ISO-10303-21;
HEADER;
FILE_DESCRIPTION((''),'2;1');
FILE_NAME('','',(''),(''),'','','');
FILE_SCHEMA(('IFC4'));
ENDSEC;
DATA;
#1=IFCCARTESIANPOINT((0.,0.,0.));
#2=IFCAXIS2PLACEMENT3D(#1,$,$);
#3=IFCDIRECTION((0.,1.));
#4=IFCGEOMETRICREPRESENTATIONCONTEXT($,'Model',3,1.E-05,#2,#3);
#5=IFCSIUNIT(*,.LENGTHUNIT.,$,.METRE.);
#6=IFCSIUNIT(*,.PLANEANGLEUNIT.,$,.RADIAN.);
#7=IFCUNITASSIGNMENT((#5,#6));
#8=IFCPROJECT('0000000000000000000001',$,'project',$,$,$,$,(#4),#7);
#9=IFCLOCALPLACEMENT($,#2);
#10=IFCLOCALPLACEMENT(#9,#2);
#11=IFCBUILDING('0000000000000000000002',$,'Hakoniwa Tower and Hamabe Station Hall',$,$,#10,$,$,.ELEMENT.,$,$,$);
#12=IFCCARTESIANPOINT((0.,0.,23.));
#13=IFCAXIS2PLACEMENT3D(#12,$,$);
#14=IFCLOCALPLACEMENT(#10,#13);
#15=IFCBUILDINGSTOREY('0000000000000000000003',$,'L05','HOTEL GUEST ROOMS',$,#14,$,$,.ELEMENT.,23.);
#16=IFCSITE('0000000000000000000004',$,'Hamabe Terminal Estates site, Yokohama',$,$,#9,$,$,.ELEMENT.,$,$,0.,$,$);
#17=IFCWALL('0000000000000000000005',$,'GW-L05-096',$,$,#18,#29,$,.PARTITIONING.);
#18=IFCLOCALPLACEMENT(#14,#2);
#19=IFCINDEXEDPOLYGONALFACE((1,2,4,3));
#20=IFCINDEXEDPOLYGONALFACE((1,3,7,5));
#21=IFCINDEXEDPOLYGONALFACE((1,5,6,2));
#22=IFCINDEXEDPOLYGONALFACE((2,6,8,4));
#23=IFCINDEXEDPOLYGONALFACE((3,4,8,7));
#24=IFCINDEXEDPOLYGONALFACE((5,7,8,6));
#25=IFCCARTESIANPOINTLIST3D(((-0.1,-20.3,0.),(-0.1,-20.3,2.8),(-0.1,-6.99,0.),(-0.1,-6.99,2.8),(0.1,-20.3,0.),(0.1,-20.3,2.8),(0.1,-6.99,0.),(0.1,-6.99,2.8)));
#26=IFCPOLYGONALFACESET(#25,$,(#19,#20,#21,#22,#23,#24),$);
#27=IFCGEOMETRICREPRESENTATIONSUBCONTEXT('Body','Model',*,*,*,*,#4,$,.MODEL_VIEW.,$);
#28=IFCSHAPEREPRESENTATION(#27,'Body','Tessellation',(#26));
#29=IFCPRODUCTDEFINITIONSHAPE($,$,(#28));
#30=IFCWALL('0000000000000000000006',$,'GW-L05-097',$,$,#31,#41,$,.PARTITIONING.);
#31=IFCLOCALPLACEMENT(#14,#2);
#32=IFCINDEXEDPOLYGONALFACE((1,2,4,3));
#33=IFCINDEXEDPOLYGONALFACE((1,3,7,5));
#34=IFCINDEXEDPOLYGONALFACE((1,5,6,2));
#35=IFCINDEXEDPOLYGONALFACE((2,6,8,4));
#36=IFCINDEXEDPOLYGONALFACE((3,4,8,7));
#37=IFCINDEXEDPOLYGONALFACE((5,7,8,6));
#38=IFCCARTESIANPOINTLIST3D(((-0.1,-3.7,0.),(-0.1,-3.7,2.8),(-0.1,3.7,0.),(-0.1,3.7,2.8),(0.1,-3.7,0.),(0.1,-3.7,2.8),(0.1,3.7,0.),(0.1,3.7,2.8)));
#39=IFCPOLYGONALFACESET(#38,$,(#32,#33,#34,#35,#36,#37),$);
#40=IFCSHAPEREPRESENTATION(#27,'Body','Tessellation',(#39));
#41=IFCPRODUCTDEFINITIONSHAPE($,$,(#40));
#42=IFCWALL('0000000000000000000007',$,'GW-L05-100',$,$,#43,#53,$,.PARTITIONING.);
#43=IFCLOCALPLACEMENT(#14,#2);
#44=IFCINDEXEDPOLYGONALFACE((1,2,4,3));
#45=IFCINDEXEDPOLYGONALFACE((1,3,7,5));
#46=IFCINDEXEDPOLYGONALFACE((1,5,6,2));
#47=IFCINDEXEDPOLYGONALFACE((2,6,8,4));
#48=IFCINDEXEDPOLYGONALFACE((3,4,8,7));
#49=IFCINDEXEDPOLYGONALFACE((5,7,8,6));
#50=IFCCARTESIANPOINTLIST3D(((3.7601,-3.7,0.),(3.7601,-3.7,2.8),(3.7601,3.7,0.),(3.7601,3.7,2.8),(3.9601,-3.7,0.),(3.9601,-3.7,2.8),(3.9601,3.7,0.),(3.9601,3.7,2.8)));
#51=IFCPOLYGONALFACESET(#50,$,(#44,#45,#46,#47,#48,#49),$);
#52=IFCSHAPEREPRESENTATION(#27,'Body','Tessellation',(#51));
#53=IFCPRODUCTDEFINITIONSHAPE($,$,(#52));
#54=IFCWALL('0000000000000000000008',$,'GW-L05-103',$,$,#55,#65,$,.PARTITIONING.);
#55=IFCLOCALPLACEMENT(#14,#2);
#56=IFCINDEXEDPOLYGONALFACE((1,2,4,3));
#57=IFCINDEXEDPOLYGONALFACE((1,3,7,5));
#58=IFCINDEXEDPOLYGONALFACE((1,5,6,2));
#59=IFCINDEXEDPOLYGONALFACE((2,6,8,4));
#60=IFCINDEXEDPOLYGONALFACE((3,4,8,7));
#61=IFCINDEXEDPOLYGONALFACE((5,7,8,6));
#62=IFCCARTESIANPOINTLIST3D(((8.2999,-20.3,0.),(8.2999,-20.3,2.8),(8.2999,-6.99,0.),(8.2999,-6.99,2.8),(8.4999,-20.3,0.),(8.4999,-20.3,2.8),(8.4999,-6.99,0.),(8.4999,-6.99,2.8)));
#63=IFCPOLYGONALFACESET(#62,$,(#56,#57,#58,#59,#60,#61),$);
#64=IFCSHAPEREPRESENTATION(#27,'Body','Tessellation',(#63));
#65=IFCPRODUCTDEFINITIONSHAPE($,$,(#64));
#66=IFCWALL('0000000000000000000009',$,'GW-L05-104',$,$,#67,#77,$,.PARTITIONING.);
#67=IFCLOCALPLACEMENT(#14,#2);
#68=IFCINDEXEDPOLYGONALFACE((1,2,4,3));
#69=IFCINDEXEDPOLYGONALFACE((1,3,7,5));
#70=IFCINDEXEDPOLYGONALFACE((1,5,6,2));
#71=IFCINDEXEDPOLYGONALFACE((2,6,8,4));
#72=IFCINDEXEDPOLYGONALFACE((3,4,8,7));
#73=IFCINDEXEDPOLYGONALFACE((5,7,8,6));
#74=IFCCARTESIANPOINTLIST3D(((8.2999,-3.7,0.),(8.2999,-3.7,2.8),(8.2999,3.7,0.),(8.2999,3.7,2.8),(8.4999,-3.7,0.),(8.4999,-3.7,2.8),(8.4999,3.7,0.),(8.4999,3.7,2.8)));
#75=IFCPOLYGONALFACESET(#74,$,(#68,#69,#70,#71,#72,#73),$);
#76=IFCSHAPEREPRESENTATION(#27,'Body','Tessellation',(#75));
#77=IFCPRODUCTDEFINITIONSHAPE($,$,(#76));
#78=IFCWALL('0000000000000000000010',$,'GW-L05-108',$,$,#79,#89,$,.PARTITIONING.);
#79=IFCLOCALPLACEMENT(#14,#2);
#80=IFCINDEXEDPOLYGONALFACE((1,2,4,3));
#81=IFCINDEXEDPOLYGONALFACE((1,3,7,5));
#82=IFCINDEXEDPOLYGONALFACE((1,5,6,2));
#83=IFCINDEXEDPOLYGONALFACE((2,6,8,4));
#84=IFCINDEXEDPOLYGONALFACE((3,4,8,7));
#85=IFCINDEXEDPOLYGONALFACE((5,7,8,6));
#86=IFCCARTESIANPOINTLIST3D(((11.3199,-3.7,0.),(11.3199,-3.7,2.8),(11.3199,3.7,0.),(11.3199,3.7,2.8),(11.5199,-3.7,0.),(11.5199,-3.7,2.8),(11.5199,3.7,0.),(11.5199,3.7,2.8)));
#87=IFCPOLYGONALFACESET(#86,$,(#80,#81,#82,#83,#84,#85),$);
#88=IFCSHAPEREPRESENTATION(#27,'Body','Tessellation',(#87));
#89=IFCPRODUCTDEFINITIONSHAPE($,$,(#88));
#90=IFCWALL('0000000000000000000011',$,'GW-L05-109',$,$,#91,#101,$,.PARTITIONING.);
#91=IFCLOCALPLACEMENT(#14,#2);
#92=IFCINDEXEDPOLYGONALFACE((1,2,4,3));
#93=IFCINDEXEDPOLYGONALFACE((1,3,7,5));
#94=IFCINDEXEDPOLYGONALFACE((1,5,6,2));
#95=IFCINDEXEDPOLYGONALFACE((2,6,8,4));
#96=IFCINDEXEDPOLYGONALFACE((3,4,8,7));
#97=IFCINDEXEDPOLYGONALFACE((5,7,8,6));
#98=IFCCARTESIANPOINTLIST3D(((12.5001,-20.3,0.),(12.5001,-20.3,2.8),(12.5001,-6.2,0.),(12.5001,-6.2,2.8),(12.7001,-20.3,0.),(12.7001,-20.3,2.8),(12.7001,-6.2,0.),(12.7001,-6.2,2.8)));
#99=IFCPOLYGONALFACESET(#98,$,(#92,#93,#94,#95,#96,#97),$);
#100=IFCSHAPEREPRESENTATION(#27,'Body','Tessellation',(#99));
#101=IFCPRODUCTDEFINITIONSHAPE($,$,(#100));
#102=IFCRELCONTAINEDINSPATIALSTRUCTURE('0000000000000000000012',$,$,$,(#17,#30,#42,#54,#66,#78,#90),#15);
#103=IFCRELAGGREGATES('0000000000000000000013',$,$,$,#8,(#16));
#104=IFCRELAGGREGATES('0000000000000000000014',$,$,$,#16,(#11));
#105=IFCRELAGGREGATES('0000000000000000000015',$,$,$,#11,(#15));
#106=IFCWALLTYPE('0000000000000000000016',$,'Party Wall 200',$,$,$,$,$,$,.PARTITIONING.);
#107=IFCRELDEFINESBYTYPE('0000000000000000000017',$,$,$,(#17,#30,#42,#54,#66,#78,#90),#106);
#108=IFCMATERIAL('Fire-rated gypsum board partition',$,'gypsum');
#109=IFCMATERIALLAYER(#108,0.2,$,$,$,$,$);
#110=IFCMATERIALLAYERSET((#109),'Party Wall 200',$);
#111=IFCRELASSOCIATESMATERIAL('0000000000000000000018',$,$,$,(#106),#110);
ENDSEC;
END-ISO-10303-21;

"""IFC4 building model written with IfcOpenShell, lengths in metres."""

from ifc_helpers import new_model, si_unit, direction, frame, frame_2d, origin, place, context, subcontext, project, spatial, rectangle, extrude, material, layer, layer_set, type_object, element, save


model = new_model("IFC4")

# Units and contexts
model_context = context("Model", 3, precision=1e-05, world=origin(), true_north=direction((0.0, 1.0)))
body_context = subcontext(model_context, "Body", "Model", "MODEL_VIEW")
ifc_project = project(units=[si_unit("LENGTHUNIT", "METRE"), si_unit("PLANEANGLEUNIT", "RADIAN")], contexts=[model_context])

# Site, building, storey
site_placement = place(None, origin())
site = spatial("IfcSite", under=ifc_project, at=site_placement, Name="Hamabe Terminal Estates site, Yokohama", CompositionType="ELEMENT", RefElevation=0.0)
building_placement = place(site_placement, origin())
building = spatial("IfcBuilding", under=site, at=building_placement, Name="Hakoniwa Tower and Hamabe Station Hall", CompositionType="ELEMENT")
storey_placement = place(building_placement, frame((0.0, 0.0, 23.0)))
storey = spatial("IfcBuildingStorey", under=building, at=storey_placement, Name="L05", Description="HOTEL GUEST ROOMS", CompositionType="ELEMENT", Elevation=23.0)

# Walls
ifc_material_1 = material(Name="Fire-rated gypsum board partition", Category="gypsum")
ifc_layer_1 = layer(ifc_material_1, 0.2)
ifc_layer_set_1 = layer_set([ifc_layer_1], Name="Party Wall 200")
wall_type_1 = type_object("IfcWallType", Name="Party Wall 200", PredefinedType="PARTITIONING", material=ifc_layer_set_1)
wall_1_placement = place(storey_placement, frame((0.0, -20.3, 0.0), z_axis=(0.0, 0.0, 1.0), x_axis=(0.0, 1.0, 0.0)))
element("IfcWall", 1, at=wall_1_placement, inside=storey, type_object=wall_type_1, Name="GW-L05-096", PredefinedType="PARTITIONING", context=body_context, shape_type="SweptSolid", body=[
    extrude(rectangle(XDim=13.3101, YDim=0.2, at=frame_2d((6.655, 0.0))), origin(), (0.0, 0.0, 1.0), 2.8),
])
for number, where, z_axis, x_axis, name in (
    (2, (0.0, -3.7, 0.0), (0.0, 0.0, 1.0), (0.0, 1.0, 0.0), "GW-L05-097"),
    (3, (3.8601, -3.7, 0.0), (0.0, 0.0, 1.0), (0.0, 1.0, 0.0), "GW-L05-100"),
):
    element("IfcWall", number, at=place(storey_placement, frame(where, z_axis=z_axis, x_axis=x_axis)), inside=storey, type_object=wall_type_1, Name=name, PredefinedType="PARTITIONING", context=body_context, shape_type="SweptSolid", body=[
        extrude(rectangle(XDim=7.3999, YDim=0.2, at=frame_2d((3.7, 0.0))), origin(), (0.0, 0.0, 1.0), 2.8),
    ])
wall_2_placement = place(storey_placement, frame((8.3999, -20.3, 0.0), z_axis=(0.0, 0.0, 1.0), x_axis=(0.0, 1.0, 0.0)))
element("IfcWall", 4, at=wall_2_placement, inside=storey, type_object=wall_type_1, Name="GW-L05-103", PredefinedType="PARTITIONING", context=body_context, shape_type="SweptSolid", body=[
    extrude(rectangle(XDim=13.3101, YDim=0.2, at=frame_2d((6.655, 0.0))), origin(), (0.0, 0.0, 1.0), 2.8),
])
for number, where, z_axis, x_axis, name in (
    (5, (8.3999, -3.7, 0.0), (0.0, 0.0, 1.0), (0.0, 1.0, 0.0), "GW-L05-104"),
    (6, (11.4199, -3.7, 0.0), (0.0, 0.0, 1.0), (0.0, 1.0, 0.0), "GW-L05-108"),
):
    element("IfcWall", number, at=place(storey_placement, frame(where, z_axis=z_axis, x_axis=x_axis)), inside=storey, type_object=wall_type_1, Name=name, PredefinedType="PARTITIONING", context=body_context, shape_type="SweptSolid", body=[
        extrude(rectangle(XDim=7.3999, YDim=0.2, at=frame_2d((3.7, 0.0))), origin(), (0.0, 0.0, 1.0), 2.8),
    ])
wall_3_placement = place(storey_placement, frame((12.6001, -20.3, 0.0), z_axis=(0.0, 0.0, 1.0), x_axis=(0.0, 1.0, 0.0)))
element("IfcWall", 7, at=wall_3_placement, inside=storey, type_object=wall_type_1, Name="GW-L05-109", PredefinedType="PARTITIONING", context=body_context, shape_type="SweptSolid", body=[
    extrude(rectangle(XDim=14.1001, YDim=0.2, at=frame_2d((7.05, 0.0))), origin(), (0.0, 0.0, 1.0), 2.8),
])

save(model, "model.ifc")
